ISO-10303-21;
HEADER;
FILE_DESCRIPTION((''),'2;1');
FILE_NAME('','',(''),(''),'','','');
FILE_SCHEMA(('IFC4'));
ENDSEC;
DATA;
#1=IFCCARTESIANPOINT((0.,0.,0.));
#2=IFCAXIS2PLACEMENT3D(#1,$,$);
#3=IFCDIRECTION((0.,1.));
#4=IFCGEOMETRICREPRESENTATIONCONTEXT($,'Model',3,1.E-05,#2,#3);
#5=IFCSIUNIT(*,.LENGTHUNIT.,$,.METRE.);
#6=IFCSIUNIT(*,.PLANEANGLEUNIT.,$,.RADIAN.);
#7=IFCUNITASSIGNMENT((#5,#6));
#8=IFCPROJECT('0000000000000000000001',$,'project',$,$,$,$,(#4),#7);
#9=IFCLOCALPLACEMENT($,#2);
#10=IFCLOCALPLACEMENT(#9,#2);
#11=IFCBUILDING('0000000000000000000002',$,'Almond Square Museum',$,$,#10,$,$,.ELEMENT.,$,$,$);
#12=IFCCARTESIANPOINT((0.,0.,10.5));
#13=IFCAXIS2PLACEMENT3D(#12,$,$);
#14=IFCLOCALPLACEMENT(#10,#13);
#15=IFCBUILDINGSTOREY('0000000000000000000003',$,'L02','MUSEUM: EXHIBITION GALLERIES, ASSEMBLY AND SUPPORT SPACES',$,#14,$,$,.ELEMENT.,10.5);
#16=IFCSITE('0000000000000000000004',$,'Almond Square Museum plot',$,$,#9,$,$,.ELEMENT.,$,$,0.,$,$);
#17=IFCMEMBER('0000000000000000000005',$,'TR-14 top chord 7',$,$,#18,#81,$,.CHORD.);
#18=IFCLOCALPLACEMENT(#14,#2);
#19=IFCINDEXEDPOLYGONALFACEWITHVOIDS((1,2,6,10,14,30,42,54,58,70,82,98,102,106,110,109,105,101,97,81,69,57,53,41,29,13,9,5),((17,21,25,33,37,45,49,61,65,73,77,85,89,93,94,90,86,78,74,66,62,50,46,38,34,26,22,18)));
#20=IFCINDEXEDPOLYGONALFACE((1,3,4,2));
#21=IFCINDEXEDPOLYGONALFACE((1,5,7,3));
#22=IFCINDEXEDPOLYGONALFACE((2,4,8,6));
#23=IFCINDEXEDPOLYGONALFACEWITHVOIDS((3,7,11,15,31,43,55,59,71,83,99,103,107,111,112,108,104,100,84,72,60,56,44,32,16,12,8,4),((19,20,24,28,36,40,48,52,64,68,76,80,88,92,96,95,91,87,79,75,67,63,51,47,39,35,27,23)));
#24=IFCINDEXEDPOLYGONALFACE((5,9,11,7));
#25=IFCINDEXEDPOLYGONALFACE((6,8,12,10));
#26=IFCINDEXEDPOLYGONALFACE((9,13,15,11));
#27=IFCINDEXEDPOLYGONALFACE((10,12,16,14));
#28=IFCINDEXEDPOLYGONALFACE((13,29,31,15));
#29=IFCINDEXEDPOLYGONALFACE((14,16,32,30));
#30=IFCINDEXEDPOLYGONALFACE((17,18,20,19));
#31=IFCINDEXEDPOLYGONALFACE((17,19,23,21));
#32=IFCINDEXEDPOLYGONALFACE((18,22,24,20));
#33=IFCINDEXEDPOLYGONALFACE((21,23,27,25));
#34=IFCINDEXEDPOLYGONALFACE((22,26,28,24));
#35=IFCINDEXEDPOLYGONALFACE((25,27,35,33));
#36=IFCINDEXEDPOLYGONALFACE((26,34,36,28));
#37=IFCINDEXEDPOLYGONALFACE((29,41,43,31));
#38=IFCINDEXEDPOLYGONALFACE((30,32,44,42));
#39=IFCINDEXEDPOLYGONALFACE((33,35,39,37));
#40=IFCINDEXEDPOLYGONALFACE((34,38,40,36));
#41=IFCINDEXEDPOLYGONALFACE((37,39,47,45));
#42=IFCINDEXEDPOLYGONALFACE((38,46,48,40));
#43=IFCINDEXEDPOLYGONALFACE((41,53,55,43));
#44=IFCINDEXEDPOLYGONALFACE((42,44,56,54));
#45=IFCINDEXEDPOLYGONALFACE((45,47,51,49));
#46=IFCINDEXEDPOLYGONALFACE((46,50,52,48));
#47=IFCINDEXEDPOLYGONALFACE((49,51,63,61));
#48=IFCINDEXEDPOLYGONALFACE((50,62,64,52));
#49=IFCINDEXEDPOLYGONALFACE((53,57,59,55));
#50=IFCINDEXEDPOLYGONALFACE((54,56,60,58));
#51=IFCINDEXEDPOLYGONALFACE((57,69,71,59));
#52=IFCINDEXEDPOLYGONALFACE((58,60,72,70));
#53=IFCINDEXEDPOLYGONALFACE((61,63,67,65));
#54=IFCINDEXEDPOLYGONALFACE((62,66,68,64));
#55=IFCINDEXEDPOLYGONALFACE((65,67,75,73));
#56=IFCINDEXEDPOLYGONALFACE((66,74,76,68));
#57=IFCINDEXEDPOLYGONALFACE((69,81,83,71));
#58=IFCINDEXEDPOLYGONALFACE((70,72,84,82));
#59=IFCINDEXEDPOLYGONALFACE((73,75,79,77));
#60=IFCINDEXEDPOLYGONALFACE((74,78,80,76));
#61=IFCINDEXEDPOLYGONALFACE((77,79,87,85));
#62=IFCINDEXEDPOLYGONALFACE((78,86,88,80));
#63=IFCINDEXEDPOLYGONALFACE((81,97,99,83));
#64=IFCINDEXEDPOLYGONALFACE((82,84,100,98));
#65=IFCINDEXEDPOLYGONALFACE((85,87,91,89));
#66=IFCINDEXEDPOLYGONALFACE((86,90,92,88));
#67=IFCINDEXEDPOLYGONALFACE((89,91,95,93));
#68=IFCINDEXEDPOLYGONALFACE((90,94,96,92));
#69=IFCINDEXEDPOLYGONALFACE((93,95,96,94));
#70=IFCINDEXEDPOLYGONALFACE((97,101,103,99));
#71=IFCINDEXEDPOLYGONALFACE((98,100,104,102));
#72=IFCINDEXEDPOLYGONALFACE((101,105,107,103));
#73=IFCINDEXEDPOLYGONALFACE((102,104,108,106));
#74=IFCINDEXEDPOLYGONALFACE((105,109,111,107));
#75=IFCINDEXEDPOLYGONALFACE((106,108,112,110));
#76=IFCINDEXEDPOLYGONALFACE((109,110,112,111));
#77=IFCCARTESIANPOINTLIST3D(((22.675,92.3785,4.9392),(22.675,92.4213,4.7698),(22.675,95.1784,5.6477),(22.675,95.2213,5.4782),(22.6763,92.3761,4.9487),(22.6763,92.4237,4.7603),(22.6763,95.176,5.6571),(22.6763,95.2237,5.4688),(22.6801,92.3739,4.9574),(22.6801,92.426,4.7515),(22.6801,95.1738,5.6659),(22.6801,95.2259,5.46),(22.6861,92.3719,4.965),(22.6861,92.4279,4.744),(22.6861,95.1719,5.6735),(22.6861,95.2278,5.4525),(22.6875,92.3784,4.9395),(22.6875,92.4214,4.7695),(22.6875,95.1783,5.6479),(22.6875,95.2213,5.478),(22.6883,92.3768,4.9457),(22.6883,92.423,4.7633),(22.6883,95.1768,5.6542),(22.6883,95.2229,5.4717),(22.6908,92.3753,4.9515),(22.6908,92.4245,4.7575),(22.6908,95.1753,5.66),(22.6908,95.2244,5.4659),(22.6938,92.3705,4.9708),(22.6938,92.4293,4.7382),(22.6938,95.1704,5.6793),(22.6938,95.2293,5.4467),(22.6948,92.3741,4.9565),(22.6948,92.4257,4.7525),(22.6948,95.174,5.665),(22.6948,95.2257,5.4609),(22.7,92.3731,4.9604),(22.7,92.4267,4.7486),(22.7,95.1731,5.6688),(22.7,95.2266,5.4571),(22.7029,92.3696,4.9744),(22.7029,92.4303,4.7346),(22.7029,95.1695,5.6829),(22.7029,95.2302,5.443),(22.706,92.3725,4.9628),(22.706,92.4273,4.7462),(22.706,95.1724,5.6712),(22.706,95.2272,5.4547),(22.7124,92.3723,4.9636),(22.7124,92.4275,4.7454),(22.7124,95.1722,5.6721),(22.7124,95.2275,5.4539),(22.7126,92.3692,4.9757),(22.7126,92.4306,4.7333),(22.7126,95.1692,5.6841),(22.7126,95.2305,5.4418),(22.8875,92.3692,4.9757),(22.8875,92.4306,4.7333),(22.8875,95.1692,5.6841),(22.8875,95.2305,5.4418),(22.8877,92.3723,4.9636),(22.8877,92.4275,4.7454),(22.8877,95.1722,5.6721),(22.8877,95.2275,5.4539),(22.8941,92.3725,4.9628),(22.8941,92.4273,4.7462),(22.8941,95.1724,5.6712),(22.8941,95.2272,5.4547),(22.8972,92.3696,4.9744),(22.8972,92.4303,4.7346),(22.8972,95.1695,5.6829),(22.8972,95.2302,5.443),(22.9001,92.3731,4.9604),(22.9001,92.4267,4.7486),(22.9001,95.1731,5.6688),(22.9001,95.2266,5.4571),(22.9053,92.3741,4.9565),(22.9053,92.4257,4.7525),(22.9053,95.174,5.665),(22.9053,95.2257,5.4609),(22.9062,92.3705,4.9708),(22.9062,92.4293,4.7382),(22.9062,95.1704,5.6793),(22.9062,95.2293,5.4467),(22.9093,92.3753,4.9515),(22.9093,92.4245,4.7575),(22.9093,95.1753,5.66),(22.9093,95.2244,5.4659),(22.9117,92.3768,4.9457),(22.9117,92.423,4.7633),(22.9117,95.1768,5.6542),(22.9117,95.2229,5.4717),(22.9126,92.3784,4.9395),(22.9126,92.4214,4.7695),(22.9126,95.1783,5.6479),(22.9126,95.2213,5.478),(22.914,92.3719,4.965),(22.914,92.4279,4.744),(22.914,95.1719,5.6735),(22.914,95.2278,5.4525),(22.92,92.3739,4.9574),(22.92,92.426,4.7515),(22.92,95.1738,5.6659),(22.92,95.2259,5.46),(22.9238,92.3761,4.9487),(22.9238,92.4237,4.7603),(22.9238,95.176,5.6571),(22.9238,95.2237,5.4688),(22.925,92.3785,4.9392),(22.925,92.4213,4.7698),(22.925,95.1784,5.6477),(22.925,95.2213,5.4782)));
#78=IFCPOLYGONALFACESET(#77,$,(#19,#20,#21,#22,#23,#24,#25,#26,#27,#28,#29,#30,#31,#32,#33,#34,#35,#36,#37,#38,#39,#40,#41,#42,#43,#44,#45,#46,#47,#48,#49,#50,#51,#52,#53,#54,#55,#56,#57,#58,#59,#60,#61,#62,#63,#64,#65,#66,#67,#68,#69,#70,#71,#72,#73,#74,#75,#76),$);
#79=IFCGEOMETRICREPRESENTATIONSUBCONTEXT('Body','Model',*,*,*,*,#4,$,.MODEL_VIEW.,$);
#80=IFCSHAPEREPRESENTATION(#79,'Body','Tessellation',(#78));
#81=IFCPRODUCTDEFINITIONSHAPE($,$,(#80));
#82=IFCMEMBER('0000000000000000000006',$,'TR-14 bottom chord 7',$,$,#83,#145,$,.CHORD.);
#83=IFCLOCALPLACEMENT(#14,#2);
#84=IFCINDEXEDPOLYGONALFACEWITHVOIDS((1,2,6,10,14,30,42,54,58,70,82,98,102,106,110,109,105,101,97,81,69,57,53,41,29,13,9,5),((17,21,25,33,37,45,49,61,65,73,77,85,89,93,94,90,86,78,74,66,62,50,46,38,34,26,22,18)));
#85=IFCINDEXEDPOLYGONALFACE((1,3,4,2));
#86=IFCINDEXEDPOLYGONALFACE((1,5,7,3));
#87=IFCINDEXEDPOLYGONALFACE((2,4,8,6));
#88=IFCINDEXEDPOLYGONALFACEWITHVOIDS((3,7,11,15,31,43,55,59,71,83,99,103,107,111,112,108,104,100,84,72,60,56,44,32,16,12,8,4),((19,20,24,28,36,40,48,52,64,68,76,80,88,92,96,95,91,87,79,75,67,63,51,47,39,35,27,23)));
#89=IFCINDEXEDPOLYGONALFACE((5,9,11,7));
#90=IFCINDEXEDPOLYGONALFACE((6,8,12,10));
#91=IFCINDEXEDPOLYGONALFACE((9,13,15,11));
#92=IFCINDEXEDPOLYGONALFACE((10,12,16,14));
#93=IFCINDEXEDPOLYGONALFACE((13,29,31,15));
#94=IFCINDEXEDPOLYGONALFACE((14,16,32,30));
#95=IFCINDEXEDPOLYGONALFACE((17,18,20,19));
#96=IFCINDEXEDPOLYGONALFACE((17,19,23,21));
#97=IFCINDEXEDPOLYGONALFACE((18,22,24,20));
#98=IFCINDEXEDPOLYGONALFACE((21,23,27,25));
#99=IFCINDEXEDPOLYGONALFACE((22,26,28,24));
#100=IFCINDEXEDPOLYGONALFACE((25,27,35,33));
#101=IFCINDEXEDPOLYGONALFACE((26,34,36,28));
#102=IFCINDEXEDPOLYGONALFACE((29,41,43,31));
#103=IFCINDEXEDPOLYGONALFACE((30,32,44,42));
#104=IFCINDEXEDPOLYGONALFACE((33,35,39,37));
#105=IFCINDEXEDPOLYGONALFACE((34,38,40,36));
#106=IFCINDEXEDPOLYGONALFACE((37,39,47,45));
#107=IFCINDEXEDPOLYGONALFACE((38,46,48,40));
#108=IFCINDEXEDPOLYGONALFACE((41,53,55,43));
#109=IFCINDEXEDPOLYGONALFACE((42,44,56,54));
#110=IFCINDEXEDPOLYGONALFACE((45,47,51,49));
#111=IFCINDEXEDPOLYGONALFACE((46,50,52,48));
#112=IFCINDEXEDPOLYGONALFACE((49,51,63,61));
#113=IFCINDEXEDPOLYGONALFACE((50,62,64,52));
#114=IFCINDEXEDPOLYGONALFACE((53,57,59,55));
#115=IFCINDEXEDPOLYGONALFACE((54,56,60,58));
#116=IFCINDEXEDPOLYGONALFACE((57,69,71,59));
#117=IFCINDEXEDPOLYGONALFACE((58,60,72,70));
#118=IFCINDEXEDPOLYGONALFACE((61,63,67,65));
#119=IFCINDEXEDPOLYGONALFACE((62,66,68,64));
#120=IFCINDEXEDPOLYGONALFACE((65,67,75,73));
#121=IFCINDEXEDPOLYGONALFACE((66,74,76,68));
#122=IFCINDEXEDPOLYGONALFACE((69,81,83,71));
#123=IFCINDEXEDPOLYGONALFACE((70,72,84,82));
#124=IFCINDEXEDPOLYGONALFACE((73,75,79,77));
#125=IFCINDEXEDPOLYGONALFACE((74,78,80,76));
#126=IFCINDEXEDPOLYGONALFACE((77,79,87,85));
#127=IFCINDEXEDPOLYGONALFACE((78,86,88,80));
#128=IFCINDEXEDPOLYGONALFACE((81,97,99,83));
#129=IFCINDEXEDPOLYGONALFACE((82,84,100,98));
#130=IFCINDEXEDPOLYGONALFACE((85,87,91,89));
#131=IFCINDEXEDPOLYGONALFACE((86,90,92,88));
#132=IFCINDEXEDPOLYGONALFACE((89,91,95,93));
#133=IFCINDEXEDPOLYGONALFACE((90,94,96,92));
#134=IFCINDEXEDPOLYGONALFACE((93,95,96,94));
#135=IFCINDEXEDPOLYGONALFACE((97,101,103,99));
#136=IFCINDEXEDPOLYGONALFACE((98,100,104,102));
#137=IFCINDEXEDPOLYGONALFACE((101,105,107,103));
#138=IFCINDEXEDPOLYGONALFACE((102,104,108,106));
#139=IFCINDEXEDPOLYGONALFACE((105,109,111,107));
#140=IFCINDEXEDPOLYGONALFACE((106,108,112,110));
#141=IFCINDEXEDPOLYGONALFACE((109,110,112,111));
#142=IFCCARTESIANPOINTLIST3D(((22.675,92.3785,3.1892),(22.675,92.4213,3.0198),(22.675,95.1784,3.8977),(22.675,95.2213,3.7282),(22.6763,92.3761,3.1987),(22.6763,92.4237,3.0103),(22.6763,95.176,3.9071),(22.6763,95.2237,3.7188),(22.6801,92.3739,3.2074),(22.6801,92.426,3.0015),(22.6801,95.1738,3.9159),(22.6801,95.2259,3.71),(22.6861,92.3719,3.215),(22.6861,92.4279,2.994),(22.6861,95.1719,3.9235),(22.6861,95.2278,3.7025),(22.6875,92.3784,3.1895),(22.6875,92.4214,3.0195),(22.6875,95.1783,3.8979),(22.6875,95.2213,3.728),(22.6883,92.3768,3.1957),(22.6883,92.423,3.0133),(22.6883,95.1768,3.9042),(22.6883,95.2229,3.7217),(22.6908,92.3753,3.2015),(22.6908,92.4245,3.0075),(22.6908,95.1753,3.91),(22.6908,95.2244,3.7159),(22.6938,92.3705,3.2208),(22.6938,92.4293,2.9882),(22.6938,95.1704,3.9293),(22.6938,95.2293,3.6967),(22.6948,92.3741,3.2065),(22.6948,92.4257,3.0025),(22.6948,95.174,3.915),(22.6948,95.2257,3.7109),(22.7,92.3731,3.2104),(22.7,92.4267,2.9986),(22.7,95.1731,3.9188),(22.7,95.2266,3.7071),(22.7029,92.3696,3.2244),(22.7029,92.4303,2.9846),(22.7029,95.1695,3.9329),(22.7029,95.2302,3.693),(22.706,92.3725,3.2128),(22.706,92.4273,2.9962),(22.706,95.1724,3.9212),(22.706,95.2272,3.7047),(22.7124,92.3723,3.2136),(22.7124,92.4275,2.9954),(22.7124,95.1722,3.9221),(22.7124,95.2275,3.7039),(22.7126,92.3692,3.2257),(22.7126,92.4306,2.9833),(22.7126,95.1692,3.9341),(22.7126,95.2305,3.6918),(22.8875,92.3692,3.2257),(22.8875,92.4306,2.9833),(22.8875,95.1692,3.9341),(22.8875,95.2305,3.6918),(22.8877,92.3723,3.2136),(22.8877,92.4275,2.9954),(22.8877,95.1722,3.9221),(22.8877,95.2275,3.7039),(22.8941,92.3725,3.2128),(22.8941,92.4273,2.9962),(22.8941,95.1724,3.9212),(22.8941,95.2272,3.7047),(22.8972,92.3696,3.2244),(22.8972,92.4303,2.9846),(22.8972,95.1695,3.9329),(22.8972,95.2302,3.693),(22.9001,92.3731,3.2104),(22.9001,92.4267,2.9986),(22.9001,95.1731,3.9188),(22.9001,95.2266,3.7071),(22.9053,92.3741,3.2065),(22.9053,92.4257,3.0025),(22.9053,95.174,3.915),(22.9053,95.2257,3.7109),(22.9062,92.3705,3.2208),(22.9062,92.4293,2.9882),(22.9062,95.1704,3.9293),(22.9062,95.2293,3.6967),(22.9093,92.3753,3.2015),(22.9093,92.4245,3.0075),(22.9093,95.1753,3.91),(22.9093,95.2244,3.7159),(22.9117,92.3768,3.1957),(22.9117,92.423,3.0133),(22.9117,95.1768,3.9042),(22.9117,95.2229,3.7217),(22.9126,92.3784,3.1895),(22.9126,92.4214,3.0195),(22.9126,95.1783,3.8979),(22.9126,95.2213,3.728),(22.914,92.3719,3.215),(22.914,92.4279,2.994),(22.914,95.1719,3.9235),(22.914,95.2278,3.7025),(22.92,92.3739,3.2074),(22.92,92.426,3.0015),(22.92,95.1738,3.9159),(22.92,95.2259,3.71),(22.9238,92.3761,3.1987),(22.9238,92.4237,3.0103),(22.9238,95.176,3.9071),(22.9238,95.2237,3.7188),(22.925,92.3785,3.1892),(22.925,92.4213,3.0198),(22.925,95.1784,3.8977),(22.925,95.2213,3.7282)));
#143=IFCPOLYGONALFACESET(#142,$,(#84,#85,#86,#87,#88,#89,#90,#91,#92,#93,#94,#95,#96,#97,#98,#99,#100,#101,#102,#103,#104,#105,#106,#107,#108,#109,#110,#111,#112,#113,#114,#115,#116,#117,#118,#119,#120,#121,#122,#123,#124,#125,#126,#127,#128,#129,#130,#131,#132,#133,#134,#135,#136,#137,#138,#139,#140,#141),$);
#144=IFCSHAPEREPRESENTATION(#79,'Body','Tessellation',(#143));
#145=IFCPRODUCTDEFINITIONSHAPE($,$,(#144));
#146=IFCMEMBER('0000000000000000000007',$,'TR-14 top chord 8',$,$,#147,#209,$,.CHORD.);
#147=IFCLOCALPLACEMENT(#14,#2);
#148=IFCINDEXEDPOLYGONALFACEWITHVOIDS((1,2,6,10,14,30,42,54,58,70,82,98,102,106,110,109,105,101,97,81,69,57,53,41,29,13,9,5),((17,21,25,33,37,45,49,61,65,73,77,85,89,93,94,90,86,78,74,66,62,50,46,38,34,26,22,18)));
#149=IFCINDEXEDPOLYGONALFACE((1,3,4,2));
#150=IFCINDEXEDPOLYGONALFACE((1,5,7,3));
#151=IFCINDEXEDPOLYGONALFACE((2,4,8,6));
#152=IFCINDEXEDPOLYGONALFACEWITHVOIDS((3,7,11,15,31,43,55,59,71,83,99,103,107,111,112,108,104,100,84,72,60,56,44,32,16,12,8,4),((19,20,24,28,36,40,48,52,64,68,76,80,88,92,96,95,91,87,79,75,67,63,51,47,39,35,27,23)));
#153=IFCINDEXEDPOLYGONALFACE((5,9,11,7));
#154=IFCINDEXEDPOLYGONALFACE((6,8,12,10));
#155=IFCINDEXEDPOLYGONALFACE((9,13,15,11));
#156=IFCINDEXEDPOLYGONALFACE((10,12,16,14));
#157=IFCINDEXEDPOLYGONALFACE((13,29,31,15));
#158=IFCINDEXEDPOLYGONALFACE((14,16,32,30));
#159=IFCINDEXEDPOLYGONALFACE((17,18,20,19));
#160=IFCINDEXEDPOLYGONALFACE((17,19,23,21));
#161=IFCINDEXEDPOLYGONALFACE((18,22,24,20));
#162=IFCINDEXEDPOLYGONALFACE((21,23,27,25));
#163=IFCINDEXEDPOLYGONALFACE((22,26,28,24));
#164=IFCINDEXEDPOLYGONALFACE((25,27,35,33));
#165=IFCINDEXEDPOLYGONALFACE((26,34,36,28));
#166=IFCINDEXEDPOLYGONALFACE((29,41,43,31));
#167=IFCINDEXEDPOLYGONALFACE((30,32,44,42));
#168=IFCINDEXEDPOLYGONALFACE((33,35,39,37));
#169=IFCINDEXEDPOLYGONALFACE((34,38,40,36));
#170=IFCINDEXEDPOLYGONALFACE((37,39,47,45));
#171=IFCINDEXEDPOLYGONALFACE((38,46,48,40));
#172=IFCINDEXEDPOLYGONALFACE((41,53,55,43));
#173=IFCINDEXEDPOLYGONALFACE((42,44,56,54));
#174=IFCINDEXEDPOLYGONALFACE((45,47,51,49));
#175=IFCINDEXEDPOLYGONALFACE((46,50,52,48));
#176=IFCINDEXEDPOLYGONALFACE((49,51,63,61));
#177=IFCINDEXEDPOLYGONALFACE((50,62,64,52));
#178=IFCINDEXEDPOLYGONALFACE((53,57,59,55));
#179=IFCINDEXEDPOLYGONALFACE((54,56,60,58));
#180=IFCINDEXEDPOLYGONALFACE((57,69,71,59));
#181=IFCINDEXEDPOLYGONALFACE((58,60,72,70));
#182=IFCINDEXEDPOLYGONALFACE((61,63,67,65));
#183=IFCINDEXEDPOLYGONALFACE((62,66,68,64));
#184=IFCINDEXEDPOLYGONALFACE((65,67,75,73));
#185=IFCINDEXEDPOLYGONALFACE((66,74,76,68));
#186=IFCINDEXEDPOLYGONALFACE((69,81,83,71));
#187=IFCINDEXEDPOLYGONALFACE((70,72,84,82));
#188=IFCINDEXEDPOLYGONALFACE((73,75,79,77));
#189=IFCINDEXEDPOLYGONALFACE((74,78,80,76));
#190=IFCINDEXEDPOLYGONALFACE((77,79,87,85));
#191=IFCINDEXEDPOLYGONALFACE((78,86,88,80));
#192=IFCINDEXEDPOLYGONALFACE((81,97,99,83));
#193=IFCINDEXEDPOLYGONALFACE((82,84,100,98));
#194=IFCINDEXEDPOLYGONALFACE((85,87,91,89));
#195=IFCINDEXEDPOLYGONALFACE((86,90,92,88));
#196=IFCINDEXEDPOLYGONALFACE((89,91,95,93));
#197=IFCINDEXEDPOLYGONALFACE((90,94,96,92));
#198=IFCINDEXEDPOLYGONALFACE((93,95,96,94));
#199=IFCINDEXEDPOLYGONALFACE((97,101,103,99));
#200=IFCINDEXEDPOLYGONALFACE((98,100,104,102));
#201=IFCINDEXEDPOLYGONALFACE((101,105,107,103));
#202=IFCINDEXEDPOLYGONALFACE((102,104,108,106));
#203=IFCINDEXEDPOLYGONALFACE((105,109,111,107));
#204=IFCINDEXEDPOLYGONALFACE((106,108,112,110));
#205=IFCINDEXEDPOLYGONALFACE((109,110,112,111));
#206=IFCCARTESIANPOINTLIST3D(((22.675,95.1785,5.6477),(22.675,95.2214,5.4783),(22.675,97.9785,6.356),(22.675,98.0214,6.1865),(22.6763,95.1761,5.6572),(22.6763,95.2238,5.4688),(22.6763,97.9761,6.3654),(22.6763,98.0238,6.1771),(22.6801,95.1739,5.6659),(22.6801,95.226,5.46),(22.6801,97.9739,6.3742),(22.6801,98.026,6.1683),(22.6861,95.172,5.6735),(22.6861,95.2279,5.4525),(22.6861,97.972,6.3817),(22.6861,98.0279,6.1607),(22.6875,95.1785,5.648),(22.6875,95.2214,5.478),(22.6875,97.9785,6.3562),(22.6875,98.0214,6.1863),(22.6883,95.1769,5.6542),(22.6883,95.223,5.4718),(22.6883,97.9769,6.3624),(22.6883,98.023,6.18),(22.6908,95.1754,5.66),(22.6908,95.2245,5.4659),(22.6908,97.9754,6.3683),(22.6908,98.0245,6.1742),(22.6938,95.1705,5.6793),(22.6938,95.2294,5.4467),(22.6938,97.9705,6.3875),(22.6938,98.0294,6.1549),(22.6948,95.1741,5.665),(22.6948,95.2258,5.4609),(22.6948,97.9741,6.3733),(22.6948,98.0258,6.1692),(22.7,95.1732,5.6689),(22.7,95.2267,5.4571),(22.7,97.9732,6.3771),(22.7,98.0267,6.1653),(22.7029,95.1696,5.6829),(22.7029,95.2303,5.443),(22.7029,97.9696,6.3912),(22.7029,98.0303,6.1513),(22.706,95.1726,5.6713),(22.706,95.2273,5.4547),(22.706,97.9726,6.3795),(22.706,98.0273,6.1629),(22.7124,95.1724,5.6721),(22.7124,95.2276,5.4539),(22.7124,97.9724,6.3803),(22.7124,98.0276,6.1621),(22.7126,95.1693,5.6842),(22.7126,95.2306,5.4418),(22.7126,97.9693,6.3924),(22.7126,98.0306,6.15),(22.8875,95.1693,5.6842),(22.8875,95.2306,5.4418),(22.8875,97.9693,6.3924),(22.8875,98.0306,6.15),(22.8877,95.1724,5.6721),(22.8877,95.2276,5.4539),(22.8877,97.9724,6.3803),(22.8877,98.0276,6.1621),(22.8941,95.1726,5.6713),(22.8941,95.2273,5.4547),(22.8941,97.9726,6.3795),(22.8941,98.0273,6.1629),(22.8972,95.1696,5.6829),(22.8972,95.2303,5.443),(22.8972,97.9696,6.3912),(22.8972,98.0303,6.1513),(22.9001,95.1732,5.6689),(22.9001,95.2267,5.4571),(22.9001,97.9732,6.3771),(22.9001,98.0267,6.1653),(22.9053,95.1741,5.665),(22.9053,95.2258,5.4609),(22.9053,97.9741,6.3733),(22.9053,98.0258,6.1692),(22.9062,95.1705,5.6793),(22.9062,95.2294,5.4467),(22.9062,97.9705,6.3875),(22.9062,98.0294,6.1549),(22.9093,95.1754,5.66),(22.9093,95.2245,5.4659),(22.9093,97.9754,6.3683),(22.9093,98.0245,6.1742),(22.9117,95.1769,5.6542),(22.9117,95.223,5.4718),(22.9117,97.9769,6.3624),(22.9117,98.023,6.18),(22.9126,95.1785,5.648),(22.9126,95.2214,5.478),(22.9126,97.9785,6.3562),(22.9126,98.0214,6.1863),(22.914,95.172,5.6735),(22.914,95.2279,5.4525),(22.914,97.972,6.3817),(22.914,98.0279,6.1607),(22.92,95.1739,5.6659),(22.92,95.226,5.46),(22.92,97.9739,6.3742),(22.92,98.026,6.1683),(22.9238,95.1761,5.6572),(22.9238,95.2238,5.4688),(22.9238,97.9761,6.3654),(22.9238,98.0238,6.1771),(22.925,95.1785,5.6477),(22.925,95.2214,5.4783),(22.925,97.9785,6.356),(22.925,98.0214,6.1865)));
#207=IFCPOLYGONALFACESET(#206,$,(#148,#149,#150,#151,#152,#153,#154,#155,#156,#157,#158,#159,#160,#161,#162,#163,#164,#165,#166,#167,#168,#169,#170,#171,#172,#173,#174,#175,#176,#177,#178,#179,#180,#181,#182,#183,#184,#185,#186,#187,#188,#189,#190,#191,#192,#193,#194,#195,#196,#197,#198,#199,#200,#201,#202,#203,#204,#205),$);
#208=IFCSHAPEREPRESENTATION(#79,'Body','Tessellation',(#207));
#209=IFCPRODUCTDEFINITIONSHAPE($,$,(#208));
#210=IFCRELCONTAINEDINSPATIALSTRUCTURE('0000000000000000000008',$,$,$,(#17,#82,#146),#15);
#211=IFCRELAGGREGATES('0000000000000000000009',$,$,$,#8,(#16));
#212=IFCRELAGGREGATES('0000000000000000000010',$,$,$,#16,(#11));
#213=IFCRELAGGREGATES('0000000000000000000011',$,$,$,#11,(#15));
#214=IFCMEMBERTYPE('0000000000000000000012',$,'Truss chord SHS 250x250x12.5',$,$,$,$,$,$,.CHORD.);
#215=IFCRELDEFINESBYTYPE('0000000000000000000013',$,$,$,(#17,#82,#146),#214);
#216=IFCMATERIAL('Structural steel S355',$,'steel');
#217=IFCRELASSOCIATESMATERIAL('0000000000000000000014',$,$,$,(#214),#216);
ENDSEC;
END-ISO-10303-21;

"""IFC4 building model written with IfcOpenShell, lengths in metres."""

from ifc_helpers import new_model, si_unit, direction, frame, origin, origin_2d, place, context, subcontext, project, spatial, hollow_rectangle, extrude, material, material_profile, profile_set, type_object, element, save


model = new_model("IFC4")

# Units and contexts
model_context = context("Model", 3, precision=1e-05, world=origin(), true_north=direction((0.0, 1.0)))
body_context = subcontext(model_context, "Body", "Model", "MODEL_VIEW")
ifc_project = project(units=[si_unit("LENGTHUNIT", "METRE"), si_unit("PLANEANGLEUNIT", "RADIAN")], contexts=[model_context])

# Site, building, storey
site_placement = place(None, origin())
site = spatial("IfcSite", under=ifc_project, at=site_placement, Name="Almond Square Museum plot", CompositionType="ELEMENT", RefElevation=0.0)
building_placement = place(site_placement, origin())
building = spatial("IfcBuilding", under=site, at=building_placement, Name="Almond Square Museum", CompositionType="ELEMENT")
storey_placement = place(building_placement, frame((0.0, 0.0, 10.5)))
storey = spatial("IfcBuildingStorey", under=building, at=storey_placement, Name="L02", Description="MUSEUM: EXHIBITION GALLERIES, ASSEMBLY AND SUPPORT SPACES", CompositionType="ELEMENT", Elevation=10.5)

# Members
ifc_material_1 = material(Name="Structural steel S355", Category="steel")
ifc_material_profile_1 = material_profile(ifc_material_1, hollow_rectangle(XDim=0.25, YDim=0.25, WallThickness=0.0125, InnerFilletRadius=0.0249, OuterFilletRadius=0.0376, at=origin_2d()))
ifc_profile_set_1 = profile_set([ifc_material_profile_1], Name="Structural steel S355")
member_type_1 = type_object("IfcMemberType", Name="Truss chord SHS 250x250x12.5", PredefinedType="CHORD", material=ifc_profile_set_1)
for number, where, z_axis, x_axis, name in (
    (1, (22.8, 92.3999, 4.8545), (0.0, 0.969447, 0.245299), (-1.0, 0.0, 0.0), "TR-14 top chord 7"),
    (2, (22.8, 92.3999, 3.1045), (0.0, 0.969447, 0.245299), (-1.0, 0.0, 0.0), "TR-14 bottom chord 7"),
    (3, (22.8, 95.2, 5.563), (0.0, 0.969468, 0.24522), (-1.0, 0.0, 0.0), "TR-14 top chord 8"),
):
    element("IfcMember", number, at=place(storey_placement, frame(where, z_axis=z_axis, x_axis=x_axis)), inside=storey, type_object=member_type_1, Name=name, PredefinedType="CHORD", context=body_context, shape_type="SweptSolid", body=[
        extrude(hollow_rectangle(XDim=0.25, YDim=0.25, WallThickness=0.0125, InnerFilletRadius=0.0249, OuterFilletRadius=0.0376, at=origin_2d()), origin(), (0.0, 0.0, 1.0), 2.8882),
    ])

save(model, "model.ifc")
